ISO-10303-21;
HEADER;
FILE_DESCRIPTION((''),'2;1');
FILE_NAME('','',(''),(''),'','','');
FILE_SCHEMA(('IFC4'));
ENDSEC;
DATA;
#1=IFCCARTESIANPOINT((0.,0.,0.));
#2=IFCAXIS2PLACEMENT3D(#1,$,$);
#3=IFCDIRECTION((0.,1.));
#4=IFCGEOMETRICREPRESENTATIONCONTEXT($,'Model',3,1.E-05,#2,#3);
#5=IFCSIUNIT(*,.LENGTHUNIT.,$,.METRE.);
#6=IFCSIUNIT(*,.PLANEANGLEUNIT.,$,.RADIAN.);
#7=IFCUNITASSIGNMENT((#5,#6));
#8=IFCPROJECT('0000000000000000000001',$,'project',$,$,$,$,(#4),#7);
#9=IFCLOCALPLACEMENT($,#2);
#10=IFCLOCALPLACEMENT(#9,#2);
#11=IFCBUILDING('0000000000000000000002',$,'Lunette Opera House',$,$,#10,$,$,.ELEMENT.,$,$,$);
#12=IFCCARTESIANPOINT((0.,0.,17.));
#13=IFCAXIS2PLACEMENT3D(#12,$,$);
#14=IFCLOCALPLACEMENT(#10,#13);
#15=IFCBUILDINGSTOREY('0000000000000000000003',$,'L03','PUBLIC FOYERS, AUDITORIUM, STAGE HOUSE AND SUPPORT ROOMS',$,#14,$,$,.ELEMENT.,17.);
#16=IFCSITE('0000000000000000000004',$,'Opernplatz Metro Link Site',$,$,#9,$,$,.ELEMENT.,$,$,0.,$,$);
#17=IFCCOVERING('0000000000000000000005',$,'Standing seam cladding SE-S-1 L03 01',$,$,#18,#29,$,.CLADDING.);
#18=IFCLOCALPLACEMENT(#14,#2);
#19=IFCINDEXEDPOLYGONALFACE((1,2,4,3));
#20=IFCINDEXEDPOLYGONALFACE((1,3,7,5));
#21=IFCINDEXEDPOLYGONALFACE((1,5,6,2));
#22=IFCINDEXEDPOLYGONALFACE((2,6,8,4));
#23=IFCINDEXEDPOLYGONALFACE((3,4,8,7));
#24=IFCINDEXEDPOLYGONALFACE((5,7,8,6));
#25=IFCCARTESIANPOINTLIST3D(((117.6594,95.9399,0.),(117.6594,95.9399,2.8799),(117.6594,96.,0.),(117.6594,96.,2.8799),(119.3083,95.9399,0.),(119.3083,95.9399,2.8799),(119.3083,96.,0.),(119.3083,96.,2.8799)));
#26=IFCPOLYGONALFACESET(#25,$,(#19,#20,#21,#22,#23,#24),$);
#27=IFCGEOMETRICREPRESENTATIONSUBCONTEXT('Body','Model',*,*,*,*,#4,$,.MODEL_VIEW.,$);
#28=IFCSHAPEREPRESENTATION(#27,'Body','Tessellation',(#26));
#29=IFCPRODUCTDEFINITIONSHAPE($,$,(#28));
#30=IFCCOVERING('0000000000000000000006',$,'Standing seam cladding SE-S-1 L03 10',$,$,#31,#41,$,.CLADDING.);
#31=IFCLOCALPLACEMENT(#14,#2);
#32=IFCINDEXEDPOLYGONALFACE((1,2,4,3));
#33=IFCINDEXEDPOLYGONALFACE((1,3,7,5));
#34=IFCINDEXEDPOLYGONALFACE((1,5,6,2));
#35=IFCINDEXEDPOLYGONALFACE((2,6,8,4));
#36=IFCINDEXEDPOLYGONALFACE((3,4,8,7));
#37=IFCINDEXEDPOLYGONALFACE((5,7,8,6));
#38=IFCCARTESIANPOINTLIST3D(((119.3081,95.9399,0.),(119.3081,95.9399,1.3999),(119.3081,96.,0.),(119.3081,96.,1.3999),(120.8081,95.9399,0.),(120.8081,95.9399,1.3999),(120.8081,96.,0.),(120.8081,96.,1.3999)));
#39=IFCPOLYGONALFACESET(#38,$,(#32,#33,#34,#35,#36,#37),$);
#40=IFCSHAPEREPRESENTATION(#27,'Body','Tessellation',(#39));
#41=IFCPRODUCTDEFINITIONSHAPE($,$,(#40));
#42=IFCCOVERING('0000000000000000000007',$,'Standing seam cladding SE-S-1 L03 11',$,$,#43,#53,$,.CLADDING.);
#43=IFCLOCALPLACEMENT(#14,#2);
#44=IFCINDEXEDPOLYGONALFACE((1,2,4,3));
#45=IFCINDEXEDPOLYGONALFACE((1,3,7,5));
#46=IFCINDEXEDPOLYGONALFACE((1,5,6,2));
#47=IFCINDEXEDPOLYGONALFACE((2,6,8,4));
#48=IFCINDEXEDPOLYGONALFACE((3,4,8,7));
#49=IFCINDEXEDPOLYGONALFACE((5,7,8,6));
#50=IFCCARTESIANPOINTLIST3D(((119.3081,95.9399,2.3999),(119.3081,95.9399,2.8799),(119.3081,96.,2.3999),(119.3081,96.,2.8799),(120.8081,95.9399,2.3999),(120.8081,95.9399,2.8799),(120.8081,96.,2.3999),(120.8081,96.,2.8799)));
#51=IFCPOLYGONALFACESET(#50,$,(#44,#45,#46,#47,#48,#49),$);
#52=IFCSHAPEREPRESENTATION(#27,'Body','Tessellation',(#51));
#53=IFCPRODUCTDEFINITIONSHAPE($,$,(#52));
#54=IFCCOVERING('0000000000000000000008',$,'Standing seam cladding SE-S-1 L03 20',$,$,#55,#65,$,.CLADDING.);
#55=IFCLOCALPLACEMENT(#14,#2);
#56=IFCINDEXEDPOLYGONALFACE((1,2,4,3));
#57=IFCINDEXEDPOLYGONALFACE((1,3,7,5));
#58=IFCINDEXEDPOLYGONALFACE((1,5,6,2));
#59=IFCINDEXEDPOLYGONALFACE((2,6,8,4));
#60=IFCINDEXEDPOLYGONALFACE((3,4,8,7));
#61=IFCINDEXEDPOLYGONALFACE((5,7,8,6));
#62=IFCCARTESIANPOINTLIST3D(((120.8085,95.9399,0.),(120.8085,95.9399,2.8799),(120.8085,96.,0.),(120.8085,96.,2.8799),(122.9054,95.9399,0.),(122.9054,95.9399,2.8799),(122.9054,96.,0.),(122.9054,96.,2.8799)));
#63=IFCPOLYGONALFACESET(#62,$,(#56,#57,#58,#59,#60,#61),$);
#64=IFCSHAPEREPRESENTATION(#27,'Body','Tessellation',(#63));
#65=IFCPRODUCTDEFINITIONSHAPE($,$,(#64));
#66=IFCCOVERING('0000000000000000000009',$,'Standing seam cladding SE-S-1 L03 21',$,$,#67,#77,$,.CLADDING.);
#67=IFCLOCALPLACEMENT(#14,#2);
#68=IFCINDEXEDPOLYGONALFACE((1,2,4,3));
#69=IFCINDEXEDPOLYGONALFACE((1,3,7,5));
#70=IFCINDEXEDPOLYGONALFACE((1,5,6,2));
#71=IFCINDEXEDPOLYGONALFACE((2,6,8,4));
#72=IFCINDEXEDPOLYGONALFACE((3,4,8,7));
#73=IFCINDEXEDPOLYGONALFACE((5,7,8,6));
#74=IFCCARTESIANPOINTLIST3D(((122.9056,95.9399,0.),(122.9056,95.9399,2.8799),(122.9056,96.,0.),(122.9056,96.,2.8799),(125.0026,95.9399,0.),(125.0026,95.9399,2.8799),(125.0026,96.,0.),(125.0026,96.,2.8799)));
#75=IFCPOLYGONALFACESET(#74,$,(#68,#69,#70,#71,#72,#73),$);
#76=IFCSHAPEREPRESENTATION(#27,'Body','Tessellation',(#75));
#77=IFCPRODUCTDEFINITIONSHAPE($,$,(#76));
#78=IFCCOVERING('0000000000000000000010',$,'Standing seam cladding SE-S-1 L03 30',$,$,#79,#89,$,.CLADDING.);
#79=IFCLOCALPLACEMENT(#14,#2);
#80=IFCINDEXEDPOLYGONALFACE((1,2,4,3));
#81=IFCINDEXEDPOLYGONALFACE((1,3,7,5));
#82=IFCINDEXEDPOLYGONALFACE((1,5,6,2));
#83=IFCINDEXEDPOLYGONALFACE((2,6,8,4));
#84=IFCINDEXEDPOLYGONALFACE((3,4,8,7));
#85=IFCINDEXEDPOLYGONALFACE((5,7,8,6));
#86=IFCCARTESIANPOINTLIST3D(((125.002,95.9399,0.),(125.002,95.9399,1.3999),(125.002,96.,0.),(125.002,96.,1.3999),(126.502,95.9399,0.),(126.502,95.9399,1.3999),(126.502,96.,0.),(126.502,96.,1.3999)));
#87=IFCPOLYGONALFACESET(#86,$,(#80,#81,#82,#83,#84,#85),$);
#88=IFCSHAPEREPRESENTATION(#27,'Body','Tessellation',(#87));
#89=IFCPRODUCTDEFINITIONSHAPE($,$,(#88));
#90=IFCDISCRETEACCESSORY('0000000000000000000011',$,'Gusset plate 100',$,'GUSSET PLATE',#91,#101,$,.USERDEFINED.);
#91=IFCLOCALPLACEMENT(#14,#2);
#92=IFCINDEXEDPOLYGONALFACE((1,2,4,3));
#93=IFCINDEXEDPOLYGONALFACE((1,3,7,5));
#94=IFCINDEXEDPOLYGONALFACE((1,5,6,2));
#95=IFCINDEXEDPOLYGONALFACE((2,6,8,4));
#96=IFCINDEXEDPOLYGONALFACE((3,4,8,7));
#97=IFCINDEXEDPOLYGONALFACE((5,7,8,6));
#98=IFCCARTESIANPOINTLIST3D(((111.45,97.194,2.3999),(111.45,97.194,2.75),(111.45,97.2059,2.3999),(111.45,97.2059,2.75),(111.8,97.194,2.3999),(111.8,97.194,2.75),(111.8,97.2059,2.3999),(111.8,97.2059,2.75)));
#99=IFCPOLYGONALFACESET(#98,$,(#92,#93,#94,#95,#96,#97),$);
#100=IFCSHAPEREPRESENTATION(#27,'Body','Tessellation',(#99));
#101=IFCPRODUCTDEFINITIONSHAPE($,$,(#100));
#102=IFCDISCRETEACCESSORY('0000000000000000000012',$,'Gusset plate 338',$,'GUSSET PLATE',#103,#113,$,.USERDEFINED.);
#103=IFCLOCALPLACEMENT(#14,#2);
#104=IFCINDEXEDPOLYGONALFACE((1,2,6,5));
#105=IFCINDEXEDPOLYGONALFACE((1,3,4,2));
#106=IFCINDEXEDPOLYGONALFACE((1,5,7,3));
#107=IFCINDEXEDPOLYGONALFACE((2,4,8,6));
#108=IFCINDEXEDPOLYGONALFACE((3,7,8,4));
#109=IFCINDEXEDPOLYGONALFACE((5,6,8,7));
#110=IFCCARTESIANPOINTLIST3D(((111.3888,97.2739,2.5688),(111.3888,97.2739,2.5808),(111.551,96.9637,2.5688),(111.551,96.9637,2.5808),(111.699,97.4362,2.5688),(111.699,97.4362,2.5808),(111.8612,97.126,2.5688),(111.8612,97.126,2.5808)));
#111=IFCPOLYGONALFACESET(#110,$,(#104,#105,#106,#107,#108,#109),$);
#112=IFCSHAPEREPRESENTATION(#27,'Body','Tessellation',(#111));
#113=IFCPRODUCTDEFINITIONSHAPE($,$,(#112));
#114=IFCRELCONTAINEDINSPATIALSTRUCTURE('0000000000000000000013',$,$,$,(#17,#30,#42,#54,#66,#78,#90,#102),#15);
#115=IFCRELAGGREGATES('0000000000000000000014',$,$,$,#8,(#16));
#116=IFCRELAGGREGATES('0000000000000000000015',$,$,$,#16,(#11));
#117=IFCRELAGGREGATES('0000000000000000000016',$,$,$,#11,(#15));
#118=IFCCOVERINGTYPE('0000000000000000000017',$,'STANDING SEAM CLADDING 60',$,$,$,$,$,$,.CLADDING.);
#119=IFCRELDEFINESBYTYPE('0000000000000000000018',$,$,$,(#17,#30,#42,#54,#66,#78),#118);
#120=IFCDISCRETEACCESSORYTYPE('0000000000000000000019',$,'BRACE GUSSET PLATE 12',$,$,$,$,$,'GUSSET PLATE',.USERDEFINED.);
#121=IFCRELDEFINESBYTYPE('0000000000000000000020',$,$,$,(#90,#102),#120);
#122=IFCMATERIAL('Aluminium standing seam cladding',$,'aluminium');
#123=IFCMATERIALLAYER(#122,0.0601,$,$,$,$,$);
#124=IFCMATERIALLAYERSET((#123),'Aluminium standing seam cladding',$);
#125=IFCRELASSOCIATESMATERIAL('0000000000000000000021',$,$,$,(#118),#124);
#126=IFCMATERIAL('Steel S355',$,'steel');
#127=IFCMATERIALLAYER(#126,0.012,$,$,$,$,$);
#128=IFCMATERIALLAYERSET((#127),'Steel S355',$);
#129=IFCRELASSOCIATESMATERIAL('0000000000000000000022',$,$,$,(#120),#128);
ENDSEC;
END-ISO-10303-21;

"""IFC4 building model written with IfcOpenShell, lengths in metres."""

from ifc_helpers import new_model, si_unit, direction, frame, origin, origin_2d, place, context, subcontext, project, spatial, rectangle, extrude, material, layer, layer_set, type_object, element, save


model = new_model("IFC4")

# Units and contexts
model_context = context("Model", 3, precision=1e-05, world=origin(), true_north=direction((0.0, 1.0)))
body_context = subcontext(model_context, "Body", "Model", "MODEL_VIEW")
ifc_project = project(units=[si_unit("LENGTHUNIT", "METRE"), si_unit("PLANEANGLEUNIT", "RADIAN")], contexts=[model_context])

# Site, building, storey
site_placement = place(None, origin())
site = spatial("IfcSite", under=ifc_project, at=site_placement, Name="Opernplatz Metro Link Site", CompositionType="ELEMENT", RefElevation=0.0)
building_placement = place(site_placement, origin())
building = spatial("IfcBuilding", under=site, at=building_placement, Name="Lunette Opera House", CompositionType="ELEMENT")
storey_placement = place(building_placement, frame((0.0, 0.0, 17.0)))
storey = spatial("IfcBuildingStorey", under=building, at=storey_placement, Name="L03", Description="PUBLIC FOYERS, AUDITORIUM, STAGE HOUSE AND SUPPORT ROOMS", CompositionType="ELEMENT", Elevation=17.0)

# Coverings
ifc_material_1 = material(Name="Aluminium standing seam cladding", Category="aluminium")
ifc_layer_1 = layer(ifc_material_1, 0.0601)
ifc_layer_set_1 = layer_set([ifc_layer_1], Name="Aluminium standing seam cladding")
covering_type_1 = type_object("IfcCoveringType", Name="STANDING SEAM CLADDING 60", PredefinedType="CLADDING", material=ifc_layer_set_1)
for number, where, z_axis, x_axis, name in (
    (1, (118.4839, 95.97, 0.0), (0.0, 0.0, 1.0), (1.0, 0.0, 0.0), "Standing seam cladding SE-S-1 L03 01"),
):
    element("IfcCovering", number, at=place(storey_placement, frame(where, z_axis=z_axis, x_axis=x_axis)), inside=storey, type_object=covering_type_1, Name=name, PredefinedType="CLADDING", context=body_context, shape_type="SweptSolid", body=[
        extrude(rectangle(XDim=1.6489, YDim=0.0601, at=origin_2d()), origin(), (0.0, 0.0, 1.0), 2.8799),
    ])
covering_1_placement = place(storey_placement, frame((120.0581, 95.97, 0.0), z_axis=(0.0, 0.0, 1.0), x_axis=(1.0, 0.0, 0.0)))
element("IfcCovering", 2, at=covering_1_placement, inside=storey, type_object=covering_type_1, Name="Standing seam cladding SE-S-1 L03 10", PredefinedType="CLADDING", context=body_context, shape_type="SweptSolid", body=[
    extrude(rectangle(XDim=1.5, YDim=0.0601, at=origin_2d()), origin(), (0.0, 0.0, 1.0), 1.3999),
])
covering_2_placement = place(storey_placement, frame((120.0581, 95.97, 2.3999), z_axis=(0.0, 0.0, 1.0), x_axis=(1.0, 0.0, 0.0)))
element("IfcCovering", 3, at=covering_2_placement, inside=storey, type_object=covering_type_1, Name="Standing seam cladding SE-S-1 L03 11", PredefinedType="CLADDING", context=body_context, shape_type="SweptSolid", body=[
    extrude(rectangle(XDim=1.5, YDim=0.0601, at=origin_2d()), origin(), (0.0, 0.0, 1.0), 0.48),
])
for number, where, z_axis, x_axis, name in (
    (4, (121.8569, 95.97, 0.0), (0.0, 0.0, 1.0), (1.0, 0.0, 0.0), "Standing seam cladding SE-S-1 L03 20"),
    (5, (123.9541, 95.97, 0.0), (0.0, 0.0, 1.0), (1.0, 0.0, 0.0), "Standing seam cladding SE-S-1 L03 21"),
):
    element("IfcCovering", number, at=place(storey_placement, frame(where, z_axis=z_axis, x_axis=x_axis)), inside=storey, type_object=covering_type_1, Name=name, PredefinedType="CLADDING", context=body_context, shape_type="SweptSolid", body=[
        extrude(rectangle(XDim=2.0969, YDim=0.0601, at=origin_2d()), origin(), (0.0, 0.0, 1.0), 2.8799),
    ])
covering_3_placement = place(storey_placement, frame((125.752, 95.97, 0.0), z_axis=(0.0, 0.0, 1.0), x_axis=(1.0, 0.0, 0.0)))
element("IfcCovering", 6, at=covering_3_placement, inside=storey, type_object=covering_type_1, Name="Standing seam cladding SE-S-1 L03 30", PredefinedType="CLADDING", context=body_context, shape_type="SweptSolid", body=[
    extrude(rectangle(XDim=1.5, YDim=0.0601, at=origin_2d()), origin(), (0.0, 0.0, 1.0), 1.3999),
])

# Discrete accessories
ifc_material_2 = material(Name="Steel S355", Category="steel")
ifc_layer_2 = layer(ifc_material_2, 0.012)
ifc_layer_set_2 = layer_set([ifc_layer_2], Name="Steel S355")
discrete_accessory_type = type_object("IfcDiscreteAccessoryType", Name="BRACE GUSSET PLATE 12", ElementType="GUSSET PLATE", PredefinedType="USERDEFINED", material=ifc_layer_set_2)
discrete_accessory_1_placement = place(storey_placement, frame((111.625, 97.2, 2.3999), z_axis=(0.0, 0.0, 1.0), x_axis=(1.0, 0.0, 0.0)))
element("IfcDiscreteAccessory", 7, at=discrete_accessory_1_placement, inside=storey, type_object=discrete_accessory_type, Name="Gusset plate 100", ObjectType="GUSSET PLATE", PredefinedType="USERDEFINED", context=body_context, shape_type="SweptSolid", body=[
    extrude(rectangle(XDim=0.3501, YDim=0.012, at=origin_2d()), origin(), (0.0, 0.0, 1.0), 0.3501),
])
discrete_accessory_2_placement = place(storey_placement, frame((111.625, 97.2, 2.5688), z_axis=(0.0, 0.0, 1.0), x_axis=(-0.463418, 0.88614, 0.0)))
element("IfcDiscreteAccessory", 8, at=discrete_accessory_2_placement, inside=storey, type_object=discrete_accessory_type, Name="Gusset plate 338", ObjectType="GUSSET PLATE", PredefinedType="USERDEFINED", context=body_context, shape_type="SweptSolid", body=[
    extrude(rectangle(XDim=0.3501, YDim=0.3501, at=origin_2d()), origin(), (0.0, 0.0, 1.0), 0.012),
])

save(model, "model.ifc")
